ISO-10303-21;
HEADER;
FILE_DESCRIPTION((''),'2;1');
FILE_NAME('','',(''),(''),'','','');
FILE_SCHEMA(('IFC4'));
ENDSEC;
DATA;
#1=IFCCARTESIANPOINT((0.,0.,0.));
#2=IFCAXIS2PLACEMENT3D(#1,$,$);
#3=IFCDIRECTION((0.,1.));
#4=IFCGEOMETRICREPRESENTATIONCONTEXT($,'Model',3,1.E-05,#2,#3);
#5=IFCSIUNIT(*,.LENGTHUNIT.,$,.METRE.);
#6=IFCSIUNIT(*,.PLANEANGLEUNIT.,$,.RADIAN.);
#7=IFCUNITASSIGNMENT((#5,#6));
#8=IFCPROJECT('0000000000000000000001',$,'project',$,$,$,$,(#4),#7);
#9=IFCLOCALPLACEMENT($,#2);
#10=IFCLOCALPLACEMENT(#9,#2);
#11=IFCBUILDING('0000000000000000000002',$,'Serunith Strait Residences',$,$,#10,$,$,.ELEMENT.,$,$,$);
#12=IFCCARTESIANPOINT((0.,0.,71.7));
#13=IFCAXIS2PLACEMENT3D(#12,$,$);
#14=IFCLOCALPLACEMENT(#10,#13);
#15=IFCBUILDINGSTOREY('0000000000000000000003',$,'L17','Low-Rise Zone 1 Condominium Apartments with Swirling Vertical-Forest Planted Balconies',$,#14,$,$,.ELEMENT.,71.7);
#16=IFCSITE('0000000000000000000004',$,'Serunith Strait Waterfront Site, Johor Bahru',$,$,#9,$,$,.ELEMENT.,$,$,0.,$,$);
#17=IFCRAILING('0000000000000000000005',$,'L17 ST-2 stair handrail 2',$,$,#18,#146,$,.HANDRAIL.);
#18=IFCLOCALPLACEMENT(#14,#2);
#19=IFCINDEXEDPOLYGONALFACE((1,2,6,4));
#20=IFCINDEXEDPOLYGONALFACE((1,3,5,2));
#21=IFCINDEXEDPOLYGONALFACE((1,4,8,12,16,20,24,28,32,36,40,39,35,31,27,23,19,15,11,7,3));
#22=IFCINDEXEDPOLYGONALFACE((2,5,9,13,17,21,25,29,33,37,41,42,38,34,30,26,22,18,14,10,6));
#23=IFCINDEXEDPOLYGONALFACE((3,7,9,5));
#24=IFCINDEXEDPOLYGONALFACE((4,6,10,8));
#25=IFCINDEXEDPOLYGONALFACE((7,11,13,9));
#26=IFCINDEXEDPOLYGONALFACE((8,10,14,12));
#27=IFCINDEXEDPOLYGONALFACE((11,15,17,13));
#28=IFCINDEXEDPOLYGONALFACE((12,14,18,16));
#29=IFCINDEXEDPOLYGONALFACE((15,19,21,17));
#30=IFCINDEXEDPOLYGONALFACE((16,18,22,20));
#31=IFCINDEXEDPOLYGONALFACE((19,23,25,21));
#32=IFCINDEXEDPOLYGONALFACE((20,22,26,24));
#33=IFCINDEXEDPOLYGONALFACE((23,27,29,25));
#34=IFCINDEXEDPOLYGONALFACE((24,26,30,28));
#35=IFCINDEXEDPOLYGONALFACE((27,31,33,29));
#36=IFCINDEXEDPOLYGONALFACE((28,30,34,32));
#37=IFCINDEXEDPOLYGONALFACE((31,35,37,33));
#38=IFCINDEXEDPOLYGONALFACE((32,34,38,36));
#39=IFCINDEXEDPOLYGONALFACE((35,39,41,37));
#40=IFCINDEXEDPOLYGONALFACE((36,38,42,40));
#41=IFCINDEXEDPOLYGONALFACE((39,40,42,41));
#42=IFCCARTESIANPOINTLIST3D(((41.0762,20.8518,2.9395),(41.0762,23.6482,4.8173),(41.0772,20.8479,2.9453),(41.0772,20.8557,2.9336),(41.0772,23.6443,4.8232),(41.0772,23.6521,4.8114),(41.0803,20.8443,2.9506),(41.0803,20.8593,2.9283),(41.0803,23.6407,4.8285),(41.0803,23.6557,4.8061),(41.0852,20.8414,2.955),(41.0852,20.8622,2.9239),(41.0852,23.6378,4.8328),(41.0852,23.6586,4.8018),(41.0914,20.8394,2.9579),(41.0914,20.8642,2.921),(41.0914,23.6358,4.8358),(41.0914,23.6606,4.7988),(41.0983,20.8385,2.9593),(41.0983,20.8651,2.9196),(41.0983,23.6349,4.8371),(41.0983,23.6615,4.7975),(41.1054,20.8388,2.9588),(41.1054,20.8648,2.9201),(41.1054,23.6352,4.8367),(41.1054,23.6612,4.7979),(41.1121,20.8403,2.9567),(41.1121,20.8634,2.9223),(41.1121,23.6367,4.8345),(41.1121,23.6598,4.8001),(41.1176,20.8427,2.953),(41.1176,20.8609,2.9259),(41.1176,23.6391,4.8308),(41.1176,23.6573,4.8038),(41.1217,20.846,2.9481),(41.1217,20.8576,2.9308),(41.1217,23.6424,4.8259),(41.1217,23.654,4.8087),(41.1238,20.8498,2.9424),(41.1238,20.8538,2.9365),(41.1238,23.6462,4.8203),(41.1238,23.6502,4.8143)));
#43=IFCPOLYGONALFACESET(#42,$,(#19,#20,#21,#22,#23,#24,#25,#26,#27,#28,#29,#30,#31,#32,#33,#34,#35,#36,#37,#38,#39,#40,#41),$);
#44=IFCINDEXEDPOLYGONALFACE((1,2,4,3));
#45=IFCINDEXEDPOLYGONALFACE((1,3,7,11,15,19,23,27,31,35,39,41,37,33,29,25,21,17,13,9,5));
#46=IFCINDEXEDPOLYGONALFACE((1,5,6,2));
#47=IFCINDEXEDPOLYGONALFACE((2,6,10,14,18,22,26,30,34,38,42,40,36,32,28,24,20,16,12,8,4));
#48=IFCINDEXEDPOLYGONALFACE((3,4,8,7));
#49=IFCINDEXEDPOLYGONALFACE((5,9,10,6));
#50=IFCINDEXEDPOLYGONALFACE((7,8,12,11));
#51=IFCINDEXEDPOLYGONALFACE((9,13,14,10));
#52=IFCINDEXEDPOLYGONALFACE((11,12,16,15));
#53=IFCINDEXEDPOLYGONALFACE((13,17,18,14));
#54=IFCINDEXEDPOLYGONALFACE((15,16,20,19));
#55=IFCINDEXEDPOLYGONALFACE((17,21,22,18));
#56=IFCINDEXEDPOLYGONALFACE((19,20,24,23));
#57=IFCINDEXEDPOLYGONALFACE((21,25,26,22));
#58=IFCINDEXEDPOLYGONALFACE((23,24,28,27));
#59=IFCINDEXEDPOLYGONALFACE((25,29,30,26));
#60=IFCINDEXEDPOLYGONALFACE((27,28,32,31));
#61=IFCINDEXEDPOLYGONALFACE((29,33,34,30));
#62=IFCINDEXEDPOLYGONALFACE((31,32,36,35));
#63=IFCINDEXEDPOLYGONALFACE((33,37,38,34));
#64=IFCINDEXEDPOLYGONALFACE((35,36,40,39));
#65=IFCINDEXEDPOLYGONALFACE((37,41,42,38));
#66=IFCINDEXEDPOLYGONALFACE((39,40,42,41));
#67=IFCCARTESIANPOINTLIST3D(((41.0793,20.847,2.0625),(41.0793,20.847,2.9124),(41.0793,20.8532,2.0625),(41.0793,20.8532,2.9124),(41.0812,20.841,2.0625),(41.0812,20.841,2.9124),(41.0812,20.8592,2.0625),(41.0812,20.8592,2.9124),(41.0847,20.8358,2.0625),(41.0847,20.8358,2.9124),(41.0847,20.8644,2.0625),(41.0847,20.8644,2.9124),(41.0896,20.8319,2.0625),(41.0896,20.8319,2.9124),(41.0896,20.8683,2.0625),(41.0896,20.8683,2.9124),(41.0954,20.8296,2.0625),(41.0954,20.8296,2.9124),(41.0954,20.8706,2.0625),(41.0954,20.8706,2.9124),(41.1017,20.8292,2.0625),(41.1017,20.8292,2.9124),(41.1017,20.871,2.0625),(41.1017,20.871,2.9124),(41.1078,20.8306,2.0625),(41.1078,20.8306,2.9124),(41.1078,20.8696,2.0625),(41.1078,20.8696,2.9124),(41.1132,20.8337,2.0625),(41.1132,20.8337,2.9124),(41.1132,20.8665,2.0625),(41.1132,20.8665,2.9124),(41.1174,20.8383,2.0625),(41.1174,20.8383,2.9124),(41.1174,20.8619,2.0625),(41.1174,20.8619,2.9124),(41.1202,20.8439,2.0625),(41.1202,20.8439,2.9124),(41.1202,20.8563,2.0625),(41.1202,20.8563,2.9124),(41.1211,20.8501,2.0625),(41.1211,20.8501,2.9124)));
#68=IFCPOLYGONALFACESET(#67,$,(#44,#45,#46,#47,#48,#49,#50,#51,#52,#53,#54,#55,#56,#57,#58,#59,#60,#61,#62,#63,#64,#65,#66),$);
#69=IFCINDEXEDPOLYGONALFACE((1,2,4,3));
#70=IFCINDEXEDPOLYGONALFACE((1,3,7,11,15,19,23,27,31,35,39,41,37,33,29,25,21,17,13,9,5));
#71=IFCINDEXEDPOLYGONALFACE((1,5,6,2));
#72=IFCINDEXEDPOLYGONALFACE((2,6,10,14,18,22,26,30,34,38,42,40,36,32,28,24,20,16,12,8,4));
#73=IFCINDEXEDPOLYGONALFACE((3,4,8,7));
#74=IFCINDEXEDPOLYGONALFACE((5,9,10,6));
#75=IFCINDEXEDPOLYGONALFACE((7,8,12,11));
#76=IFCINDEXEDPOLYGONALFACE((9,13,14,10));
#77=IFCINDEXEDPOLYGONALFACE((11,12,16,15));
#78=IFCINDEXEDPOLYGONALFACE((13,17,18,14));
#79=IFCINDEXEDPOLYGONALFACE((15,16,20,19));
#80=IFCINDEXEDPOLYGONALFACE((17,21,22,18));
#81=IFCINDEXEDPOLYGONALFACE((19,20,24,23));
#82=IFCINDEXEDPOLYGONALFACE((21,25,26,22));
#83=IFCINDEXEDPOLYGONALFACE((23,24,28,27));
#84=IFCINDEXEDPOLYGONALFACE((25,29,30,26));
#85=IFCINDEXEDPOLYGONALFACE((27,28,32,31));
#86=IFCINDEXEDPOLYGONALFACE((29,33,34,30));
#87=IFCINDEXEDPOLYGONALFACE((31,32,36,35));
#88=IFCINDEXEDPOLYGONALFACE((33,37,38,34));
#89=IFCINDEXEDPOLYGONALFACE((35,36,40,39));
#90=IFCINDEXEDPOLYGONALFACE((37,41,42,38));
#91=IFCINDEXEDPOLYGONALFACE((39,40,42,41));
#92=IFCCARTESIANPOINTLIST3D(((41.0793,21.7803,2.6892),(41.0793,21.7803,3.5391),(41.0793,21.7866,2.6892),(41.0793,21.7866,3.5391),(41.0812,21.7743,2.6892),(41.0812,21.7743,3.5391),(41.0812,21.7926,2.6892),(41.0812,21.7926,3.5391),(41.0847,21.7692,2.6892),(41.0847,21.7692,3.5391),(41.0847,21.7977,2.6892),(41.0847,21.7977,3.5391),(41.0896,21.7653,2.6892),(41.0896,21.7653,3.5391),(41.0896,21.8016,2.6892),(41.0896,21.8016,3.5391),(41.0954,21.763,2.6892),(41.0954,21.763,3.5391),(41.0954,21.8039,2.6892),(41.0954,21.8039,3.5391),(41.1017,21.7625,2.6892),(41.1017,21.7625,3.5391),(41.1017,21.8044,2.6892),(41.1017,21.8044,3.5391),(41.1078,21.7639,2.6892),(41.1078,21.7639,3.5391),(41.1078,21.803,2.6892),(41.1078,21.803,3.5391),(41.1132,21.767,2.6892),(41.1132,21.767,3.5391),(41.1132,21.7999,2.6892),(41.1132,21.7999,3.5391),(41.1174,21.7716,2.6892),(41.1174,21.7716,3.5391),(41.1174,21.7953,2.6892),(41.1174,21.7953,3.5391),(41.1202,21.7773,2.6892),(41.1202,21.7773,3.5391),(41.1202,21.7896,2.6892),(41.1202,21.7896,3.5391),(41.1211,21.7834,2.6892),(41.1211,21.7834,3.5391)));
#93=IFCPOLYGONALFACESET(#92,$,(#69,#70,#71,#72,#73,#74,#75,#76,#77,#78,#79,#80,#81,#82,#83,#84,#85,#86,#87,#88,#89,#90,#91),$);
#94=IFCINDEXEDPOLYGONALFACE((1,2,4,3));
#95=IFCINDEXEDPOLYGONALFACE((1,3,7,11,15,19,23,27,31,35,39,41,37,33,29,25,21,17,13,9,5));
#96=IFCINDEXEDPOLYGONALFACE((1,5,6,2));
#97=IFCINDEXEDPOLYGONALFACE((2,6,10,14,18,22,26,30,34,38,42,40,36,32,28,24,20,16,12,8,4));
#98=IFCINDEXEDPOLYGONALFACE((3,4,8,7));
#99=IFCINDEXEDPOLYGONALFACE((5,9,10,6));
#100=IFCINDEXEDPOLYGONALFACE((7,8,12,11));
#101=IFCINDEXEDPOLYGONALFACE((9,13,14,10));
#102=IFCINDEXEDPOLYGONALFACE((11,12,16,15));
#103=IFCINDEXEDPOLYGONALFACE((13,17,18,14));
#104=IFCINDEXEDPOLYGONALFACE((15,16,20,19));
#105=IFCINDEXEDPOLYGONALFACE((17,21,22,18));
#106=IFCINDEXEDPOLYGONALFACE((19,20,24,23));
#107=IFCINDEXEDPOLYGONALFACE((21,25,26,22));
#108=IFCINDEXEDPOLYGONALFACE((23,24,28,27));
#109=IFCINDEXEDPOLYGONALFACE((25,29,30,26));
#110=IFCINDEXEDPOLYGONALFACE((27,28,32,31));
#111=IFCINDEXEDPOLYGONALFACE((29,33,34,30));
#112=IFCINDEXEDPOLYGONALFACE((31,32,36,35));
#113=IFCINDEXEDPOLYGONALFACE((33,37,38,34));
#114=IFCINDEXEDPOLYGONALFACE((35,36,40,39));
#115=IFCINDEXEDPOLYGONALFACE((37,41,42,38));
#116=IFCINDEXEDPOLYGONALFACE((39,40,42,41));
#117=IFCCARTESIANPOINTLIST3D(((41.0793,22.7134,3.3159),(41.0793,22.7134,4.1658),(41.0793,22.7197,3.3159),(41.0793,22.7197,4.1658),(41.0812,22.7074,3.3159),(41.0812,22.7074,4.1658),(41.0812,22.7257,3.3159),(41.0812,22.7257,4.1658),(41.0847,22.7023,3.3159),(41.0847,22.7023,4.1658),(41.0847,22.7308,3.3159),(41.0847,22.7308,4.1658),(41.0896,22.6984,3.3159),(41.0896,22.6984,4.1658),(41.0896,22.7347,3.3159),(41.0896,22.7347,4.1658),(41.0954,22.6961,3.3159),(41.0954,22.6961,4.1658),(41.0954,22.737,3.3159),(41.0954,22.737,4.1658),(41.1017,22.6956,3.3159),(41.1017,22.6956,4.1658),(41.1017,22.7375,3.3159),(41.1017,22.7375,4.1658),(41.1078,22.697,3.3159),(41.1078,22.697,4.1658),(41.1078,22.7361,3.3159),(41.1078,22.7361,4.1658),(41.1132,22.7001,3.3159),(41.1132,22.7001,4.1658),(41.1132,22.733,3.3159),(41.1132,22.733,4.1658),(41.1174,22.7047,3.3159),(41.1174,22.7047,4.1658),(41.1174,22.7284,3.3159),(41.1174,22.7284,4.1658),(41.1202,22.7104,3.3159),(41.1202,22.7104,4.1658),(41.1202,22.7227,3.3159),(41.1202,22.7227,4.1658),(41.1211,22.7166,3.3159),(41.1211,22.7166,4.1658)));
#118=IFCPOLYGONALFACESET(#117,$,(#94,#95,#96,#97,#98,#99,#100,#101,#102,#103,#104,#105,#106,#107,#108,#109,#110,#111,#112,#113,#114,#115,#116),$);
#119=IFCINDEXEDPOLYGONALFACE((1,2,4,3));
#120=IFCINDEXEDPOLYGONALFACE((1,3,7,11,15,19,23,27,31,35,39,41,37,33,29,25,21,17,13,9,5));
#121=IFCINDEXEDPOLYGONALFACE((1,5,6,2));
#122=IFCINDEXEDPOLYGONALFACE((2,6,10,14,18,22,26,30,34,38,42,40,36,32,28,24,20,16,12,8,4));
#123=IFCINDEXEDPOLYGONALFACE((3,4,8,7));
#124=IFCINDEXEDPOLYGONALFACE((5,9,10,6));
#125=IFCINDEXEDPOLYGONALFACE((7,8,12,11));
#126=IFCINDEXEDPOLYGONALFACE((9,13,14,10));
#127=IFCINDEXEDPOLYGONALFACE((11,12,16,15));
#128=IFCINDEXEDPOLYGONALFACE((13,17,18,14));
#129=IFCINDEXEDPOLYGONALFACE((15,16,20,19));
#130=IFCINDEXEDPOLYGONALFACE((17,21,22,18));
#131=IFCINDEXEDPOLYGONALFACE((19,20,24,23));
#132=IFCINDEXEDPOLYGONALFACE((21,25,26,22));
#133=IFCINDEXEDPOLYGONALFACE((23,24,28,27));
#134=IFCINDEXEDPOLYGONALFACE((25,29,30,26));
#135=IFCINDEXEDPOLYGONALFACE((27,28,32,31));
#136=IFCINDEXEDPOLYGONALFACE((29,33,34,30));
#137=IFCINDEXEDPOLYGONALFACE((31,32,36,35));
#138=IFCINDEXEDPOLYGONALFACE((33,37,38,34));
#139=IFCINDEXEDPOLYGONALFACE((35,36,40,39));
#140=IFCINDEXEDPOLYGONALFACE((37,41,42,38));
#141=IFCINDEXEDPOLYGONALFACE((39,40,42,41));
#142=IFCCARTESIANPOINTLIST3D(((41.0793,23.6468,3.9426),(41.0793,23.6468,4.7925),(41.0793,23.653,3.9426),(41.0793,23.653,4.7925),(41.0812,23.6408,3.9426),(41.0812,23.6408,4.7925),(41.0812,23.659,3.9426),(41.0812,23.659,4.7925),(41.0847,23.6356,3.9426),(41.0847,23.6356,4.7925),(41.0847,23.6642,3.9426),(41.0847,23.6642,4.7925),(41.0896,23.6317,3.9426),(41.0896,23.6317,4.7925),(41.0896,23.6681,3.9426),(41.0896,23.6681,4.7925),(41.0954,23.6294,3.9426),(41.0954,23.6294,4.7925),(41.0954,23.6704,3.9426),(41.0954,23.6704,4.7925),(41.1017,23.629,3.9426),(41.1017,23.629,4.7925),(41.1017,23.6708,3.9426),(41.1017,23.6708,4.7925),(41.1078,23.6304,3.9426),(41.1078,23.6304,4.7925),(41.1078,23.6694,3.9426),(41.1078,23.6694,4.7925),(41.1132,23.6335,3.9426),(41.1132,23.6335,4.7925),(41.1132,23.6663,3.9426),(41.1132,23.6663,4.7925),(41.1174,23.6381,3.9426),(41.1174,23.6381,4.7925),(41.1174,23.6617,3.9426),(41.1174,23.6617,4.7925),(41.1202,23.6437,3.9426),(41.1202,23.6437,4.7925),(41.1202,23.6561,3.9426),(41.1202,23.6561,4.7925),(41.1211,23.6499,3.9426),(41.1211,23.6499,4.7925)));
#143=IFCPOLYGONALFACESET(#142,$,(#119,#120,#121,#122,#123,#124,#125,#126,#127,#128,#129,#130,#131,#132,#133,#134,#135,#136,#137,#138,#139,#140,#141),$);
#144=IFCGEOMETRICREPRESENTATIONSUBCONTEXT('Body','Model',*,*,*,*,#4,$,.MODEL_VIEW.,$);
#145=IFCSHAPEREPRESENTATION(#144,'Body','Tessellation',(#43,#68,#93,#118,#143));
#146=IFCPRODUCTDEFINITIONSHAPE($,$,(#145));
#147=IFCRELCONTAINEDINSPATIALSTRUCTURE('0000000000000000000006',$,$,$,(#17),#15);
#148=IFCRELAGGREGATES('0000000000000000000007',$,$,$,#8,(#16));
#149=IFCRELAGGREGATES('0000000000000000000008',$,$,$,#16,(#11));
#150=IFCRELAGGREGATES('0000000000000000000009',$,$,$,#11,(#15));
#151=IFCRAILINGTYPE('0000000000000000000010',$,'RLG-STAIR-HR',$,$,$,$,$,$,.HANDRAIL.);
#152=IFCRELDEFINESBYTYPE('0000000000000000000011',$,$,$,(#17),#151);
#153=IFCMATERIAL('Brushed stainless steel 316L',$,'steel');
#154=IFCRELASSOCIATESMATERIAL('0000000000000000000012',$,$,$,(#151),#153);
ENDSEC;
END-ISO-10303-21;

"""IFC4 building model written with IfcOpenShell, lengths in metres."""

from ifc_helpers import new_model, si_unit, direction, frame, origin, origin_2d, place, context, subcontext, project, spatial, circle, extrude, material, type_object, element, save


model = new_model("IFC4")

# Units and contexts
model_context = context("Model", 3, precision=1e-05, world=origin(), true_north=direction((0.0, 1.0)))
body_context = subcontext(model_context, "Body", "Model", "MODEL_VIEW")
ifc_project = project(units=[si_unit("LENGTHUNIT", "METRE"), si_unit("PLANEANGLEUNIT", "RADIAN")], contexts=[model_context])

# Site, building, storey
site_placement = place(None, origin())
site = spatial("IfcSite", under=ifc_project, at=site_placement, Name="Serunith Strait Waterfront Site, Johor Bahru", CompositionType="ELEMENT", RefElevation=0.0)
building_placement = place(site_placement, origin())
building = spatial("IfcBuilding", under=site, at=building_placement, Name="Serunith Strait Residences", CompositionType="ELEMENT")
storey_placement = place(building_placement, frame((0.0, 0.0, 71.7)))
storey = spatial("IfcBuildingStorey", under=building, at=storey_placement, Name="L17", Description="Low-Rise Zone 1 Condominium Apartments with Swirling Vertical-Forest Planted Balconies", CompositionType="ELEMENT", Elevation=71.7)

# Railing
ifc_material_1 = material(Name="Brushed stainless steel 316L", Category="steel")
railing_type_1 = type_object("IfcRailingType", Name="RLG-STAIR-HR", PredefinedType="HANDRAIL", material=ifc_material_1)
railing_1_placement = place(storey_placement, frame((41.1001, 20.8501, 2.0625)))
element("IfcRailing", 1, at=railing_1_placement, inside=storey, type_object=railing_type_1, Name="L17 ST-2 stair handrail 2", PredefinedType="HANDRAIL", context=body_context, shape_type="SweptSolid", body=[
    extrude(circle(Radius=0.0239, at=origin_2d()), frame((0.0, 0.0017, 0.877), z_axis=(0.0, 0.830186, 0.557487), x_axis=(-1.0, 0.0, 0.0)), (0.0, 0.0, 1.0), 3.3684),
    extrude(circle(Radius=0.021, at=origin_2d()), origin(), (0.0, 0.0, 1.0), 0.8499),
    extrude(circle(Radius=0.021, at=origin_2d()), frame((0.0, 0.9333, 0.6267)), (0.0, 0.0, 1.0), 0.8499),
    extrude(circle(Radius=0.021, at=origin_2d()), frame((0.0, 1.8665, 1.2534)), (0.0, 0.0, 1.0), 0.8499),
    extrude(circle(Radius=0.021, at=origin_2d()), frame((0.0, 2.7998, 1.8801)), (0.0, 0.0, 1.0), 0.8499),
])

save(model, "model.ifc")
